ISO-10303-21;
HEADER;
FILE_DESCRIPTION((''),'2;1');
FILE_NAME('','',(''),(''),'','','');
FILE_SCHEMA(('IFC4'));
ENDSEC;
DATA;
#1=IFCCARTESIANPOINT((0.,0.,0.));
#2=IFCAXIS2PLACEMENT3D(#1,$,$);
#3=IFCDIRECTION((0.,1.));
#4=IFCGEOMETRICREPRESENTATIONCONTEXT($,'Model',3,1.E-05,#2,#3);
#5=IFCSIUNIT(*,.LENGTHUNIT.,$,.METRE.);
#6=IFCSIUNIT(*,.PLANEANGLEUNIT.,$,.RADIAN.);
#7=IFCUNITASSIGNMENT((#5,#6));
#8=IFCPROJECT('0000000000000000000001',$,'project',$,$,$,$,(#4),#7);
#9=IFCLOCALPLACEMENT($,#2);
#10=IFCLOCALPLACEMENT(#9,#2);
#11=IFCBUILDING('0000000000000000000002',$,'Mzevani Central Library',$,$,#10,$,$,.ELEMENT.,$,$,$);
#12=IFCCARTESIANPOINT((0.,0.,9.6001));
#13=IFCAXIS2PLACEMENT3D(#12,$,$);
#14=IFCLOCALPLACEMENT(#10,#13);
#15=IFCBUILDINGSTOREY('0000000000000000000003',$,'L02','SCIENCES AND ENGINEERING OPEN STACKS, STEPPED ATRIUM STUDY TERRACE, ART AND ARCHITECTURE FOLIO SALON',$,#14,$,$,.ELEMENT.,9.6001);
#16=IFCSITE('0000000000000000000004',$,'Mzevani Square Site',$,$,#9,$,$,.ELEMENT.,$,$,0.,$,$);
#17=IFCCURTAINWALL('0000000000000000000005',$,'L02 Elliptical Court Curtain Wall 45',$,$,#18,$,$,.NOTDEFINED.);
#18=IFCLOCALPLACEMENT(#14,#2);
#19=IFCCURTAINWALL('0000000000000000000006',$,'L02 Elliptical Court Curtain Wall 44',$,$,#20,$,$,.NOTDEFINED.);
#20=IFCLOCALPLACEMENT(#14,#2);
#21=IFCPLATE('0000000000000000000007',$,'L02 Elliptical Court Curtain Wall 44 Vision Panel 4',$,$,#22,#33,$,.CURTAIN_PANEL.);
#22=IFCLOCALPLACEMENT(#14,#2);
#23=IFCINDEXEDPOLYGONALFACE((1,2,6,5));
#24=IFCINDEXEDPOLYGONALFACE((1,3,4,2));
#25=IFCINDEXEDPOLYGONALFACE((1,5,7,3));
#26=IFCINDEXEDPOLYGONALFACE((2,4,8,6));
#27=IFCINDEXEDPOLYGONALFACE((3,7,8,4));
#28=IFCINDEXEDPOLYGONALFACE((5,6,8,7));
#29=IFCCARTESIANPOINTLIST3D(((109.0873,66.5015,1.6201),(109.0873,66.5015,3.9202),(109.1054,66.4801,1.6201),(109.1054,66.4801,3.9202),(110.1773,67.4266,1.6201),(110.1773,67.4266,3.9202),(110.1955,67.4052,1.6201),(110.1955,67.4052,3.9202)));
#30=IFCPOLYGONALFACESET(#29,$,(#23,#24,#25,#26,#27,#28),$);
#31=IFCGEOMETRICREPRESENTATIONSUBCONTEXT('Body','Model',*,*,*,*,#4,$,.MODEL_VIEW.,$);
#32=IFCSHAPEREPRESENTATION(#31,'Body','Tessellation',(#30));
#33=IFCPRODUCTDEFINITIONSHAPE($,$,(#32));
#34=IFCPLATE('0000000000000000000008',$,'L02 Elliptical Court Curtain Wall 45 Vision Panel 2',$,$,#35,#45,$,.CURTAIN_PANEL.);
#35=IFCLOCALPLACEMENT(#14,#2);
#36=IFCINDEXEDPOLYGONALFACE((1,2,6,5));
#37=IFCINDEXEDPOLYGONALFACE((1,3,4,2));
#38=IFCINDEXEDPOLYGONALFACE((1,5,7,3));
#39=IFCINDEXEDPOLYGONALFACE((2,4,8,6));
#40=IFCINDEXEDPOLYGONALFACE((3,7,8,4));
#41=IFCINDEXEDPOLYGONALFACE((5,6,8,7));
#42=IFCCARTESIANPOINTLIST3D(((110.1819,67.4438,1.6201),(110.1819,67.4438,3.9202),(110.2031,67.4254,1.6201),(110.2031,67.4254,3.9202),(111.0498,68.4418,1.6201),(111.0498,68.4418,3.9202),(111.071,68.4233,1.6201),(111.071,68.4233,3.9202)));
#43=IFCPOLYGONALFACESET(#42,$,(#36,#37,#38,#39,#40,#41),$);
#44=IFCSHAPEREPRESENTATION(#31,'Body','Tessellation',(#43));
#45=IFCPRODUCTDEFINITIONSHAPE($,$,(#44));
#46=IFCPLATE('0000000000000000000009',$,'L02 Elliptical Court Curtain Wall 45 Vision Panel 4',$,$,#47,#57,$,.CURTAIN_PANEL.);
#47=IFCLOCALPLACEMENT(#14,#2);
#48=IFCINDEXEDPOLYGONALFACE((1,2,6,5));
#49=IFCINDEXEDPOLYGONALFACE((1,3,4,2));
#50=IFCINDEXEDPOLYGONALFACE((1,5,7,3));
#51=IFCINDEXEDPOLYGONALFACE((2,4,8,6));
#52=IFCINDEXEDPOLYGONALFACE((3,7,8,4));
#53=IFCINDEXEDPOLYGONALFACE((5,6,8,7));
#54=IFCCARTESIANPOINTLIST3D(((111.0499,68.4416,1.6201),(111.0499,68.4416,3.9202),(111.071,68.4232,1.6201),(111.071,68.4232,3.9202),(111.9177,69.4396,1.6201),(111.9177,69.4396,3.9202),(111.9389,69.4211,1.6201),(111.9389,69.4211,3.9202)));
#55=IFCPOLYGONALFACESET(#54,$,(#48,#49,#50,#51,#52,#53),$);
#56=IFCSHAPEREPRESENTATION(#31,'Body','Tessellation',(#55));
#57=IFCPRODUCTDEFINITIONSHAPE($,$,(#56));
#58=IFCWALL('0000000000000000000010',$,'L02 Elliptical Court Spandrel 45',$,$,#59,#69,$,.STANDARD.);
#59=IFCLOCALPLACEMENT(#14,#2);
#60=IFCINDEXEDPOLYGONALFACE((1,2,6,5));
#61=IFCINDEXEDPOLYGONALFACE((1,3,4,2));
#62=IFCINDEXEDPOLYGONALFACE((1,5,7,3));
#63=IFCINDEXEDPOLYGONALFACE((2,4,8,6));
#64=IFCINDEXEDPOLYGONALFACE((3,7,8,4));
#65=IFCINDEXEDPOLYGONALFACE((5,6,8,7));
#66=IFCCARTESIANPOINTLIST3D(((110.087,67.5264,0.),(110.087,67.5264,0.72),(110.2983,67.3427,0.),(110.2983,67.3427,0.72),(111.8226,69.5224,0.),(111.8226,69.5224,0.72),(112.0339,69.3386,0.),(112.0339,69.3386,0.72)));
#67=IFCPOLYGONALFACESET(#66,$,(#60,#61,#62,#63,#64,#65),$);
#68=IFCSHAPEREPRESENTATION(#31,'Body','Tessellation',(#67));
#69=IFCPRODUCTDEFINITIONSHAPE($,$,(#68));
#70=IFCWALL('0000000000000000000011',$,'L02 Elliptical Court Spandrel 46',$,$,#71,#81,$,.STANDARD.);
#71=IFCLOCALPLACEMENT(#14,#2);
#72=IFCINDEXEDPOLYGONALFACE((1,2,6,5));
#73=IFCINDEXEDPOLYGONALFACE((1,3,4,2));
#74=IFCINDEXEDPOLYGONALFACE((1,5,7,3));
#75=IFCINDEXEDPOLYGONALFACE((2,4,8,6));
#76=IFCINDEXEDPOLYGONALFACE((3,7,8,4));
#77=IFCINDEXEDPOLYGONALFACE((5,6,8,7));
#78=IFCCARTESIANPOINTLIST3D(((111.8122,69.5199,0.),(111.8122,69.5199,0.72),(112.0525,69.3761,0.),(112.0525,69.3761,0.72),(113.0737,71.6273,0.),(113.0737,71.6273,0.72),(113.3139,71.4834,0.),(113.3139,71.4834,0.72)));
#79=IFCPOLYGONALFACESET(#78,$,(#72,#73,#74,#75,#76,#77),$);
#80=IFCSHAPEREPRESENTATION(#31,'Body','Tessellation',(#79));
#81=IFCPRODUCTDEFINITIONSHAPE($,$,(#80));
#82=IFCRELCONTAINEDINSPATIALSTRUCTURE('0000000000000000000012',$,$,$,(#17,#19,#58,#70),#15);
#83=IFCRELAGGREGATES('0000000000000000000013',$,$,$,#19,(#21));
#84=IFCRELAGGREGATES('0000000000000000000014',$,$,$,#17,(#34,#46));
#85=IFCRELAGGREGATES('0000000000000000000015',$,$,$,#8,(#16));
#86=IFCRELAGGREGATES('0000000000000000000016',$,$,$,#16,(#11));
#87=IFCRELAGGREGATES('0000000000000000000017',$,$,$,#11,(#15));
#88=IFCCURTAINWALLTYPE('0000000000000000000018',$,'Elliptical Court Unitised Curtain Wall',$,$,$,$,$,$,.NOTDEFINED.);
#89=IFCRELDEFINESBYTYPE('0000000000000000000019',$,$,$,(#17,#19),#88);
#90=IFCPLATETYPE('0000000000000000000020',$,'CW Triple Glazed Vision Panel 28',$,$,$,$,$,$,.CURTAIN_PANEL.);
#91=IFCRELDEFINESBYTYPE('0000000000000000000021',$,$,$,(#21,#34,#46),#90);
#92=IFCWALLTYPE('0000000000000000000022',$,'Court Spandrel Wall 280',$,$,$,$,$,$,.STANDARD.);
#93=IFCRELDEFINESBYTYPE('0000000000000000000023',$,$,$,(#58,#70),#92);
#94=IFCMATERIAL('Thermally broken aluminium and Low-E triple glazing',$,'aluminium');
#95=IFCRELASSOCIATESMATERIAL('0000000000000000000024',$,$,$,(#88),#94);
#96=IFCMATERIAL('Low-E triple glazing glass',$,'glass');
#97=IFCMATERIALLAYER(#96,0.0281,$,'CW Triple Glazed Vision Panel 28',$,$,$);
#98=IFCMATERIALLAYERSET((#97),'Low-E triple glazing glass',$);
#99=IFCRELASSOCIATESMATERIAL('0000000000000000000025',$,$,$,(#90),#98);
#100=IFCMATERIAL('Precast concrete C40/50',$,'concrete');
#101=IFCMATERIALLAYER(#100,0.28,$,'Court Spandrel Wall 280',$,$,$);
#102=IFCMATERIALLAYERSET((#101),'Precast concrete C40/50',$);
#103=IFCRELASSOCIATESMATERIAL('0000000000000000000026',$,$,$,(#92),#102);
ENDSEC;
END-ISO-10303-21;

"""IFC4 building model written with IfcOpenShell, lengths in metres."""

from ifc_helpers import new_model, si_unit, direction, frame, frame_2d, origin, origin_2d, place, context, subcontext, project, spatial, rectangle, extrude, material, layer, layer_set, type_object, element, aggregate, save


model = new_model("IFC4")

# Units and contexts
model_context = context("Model", 3, precision=1e-05, world=origin(), true_north=direction((0.0, 1.0)))
body_context = subcontext(model_context, "Body", "Model", "MODEL_VIEW")
ifc_project = project(units=[si_unit("LENGTHUNIT", "METRE"), si_unit("PLANEANGLEUNIT", "RADIAN")], contexts=[model_context])

# Site, building, storey
site_placement = place(None, origin())
site = spatial("IfcSite", under=ifc_project, at=site_placement, Name="Mzevani Square Site", CompositionType="ELEMENT", RefElevation=0.0)
building_placement = place(site_placement, origin())
building = spatial("IfcBuilding", under=site, at=building_placement, Name="Mzevani Central Library", CompositionType="ELEMENT")
storey_placement = place(building_placement, frame((0.0, 0.0, 9.6001)))
storey = spatial("IfcBuildingStorey", under=building, at=storey_placement, Name="L02", Description="SCIENCES AND ENGINEERING OPEN STACKS, STEPPED ATRIUM STUDY TERRACE, ART AND ARCHITECTURE FOLIO SALON", CompositionType="ELEMENT", Elevation=9.6001)

# Curtain wall
ifc_material_1 = material(Name="Thermally broken aluminium and Low-E triple glazing", Category="aluminium")
curtain_wall_type_1 = type_object("IfcCurtainWallType", Name="Elliptical Court Unitised Curtain Wall", PredefinedType="NOTDEFINED", material=ifc_material_1)
curtain_wall_1_placement = place(storey_placement, origin())
curtain_wall_1 = element("IfcCurtainWall", 1, at=curtain_wall_1_placement, inside=storey, type_object=curtain_wall_type_1, Name="L02 Elliptical Court Curtain Wall 45", PredefinedType="NOTDEFINED")

# Curtain wall
curtain_wall_2_placement = place(storey_placement, origin())
curtain_wall_2 = element("IfcCurtainWall", 2, at=curtain_wall_2_placement, inside=storey, type_object=curtain_wall_type_1, Name="L02 Elliptical Court Curtain Wall 44", PredefinedType="NOTDEFINED")

# Plates
ifc_material_2 = material(Name="Low-E triple glazing glass", Category="glass")
ifc_layer_1 = layer(ifc_material_2, 0.0281, Name="CW Triple Glazed Vision Panel 28")
ifc_layer_set_1 = layer_set([ifc_layer_1], Name="Low-E triple glazing glass")
plate_type_1 = type_object("IfcPlateType", Name="CW Triple Glazed Vision Panel 28", PredefinedType="CURTAIN_PANEL", material=ifc_layer_set_1)
plate_1_placement = place(storey_placement, frame((109.6414, 66.9534, 1.6201), z_axis=(0.0, 0.0, 1.0), x_axis=(0.762435, 0.647065, 0.0)))
plate_1 = element("IfcPlate", 3, at=plate_1_placement, type_object=plate_type_1, Name="L02 Elliptical Court Curtain Wall 44 Vision Panel 4", PredefinedType="CURTAIN_PANEL", context=body_context, shape_type="SweptSolid", body=[
    extrude(rectangle(XDim=1.4297, YDim=0.0281, at=origin_2d()), origin(), (0.0, 0.0, 1.0), 2.3),
])
aggregate(curtain_wall_2, [plate_1])
plate_2_placement = place(storey_placement, frame((110.6265, 67.9336, 1.6201), z_axis=(0.0, 0.0, 1.0), x_axis=(0.656226, 0.754564, 0.0)))
plate_2 = element("IfcPlate", 4, at=plate_2_placement, type_object=plate_type_1, Name="L02 Elliptical Court Curtain Wall 45 Vision Panel 2", PredefinedType="CURTAIN_PANEL", context=body_context, shape_type="SweptSolid", body=[
    extrude(rectangle(XDim=1.3225, YDim=0.0281, at=origin_2d()), origin(), (0.0, 0.0, 1.0), 2.3),
])
plate_3_placement = place(storey_placement, frame((111.4944, 68.9314, 1.6201), z_axis=(0.0, 0.0, 1.0), x_axis=(0.656226, 0.754564, 0.0)))
plate_3 = element("IfcPlate", 5, at=plate_3_placement, type_object=plate_type_1, Name="L02 Elliptical Court Curtain Wall 45 Vision Panel 4", PredefinedType="CURTAIN_PANEL", context=body_context, shape_type="SweptSolid", body=[
    extrude(rectangle(XDim=1.3225, YDim=0.0281, at=origin_2d()), origin(), (0.0, 0.0, 1.0), 2.3),
])
aggregate(curtain_wall_1, [plate_2, plate_3])

# Walls
ifc_material_3 = material(Name="Precast concrete C40/50", Category="concrete")
ifc_layer_2 = layer(ifc_material_3, 0.28, Name="Court Spandrel Wall 280")
ifc_layer_set_2 = layer_set([ifc_layer_2], Name="Precast concrete C40/50")
wall_type = type_object("IfcWallType", Name="Court Spandrel Wall 280", PredefinedType="STANDARD", material=ifc_layer_set_2)
wall_1_placement = place(storey_placement, frame((110.1926, 67.4346, 0.0), z_axis=(0.0, 0.0, 1.0), x_axis=(0.656195, 0.754592, 0.0)))
element("IfcWall", 6, at=wall_1_placement, inside=storey, type_object=wall_type, Name="L02 Elliptical Court Spandrel 45", PredefinedType="STANDARD", context=body_context, shape_type="SweptSolid", body=[
    extrude(rectangle(XDim=2.645, YDim=0.28, at=frame_2d((1.3225, 0.0))), origin(), (0.0, 0.0, 1.0), 0.72),
])
wall_2_placement = place(storey_placement, frame((111.9324, 69.448, 0.0), z_axis=(0.0, 0.0, 1.0), x_axis=(0.513604, 0.858027, 0.0)))
element("IfcWall", 7, at=wall_2_placement, inside=storey, type_object=wall_type, Name="L02 Elliptical Court Spandrel 46", PredefinedType="STANDARD", context=body_context, shape_type="SweptSolid", body=[
    extrude(rectangle(XDim=2.4561, YDim=0.28, at=frame_2d((1.228, 0.0))), origin(), (0.0, 0.0, 1.0), 0.72),
])

save(model, "model.ifc")
